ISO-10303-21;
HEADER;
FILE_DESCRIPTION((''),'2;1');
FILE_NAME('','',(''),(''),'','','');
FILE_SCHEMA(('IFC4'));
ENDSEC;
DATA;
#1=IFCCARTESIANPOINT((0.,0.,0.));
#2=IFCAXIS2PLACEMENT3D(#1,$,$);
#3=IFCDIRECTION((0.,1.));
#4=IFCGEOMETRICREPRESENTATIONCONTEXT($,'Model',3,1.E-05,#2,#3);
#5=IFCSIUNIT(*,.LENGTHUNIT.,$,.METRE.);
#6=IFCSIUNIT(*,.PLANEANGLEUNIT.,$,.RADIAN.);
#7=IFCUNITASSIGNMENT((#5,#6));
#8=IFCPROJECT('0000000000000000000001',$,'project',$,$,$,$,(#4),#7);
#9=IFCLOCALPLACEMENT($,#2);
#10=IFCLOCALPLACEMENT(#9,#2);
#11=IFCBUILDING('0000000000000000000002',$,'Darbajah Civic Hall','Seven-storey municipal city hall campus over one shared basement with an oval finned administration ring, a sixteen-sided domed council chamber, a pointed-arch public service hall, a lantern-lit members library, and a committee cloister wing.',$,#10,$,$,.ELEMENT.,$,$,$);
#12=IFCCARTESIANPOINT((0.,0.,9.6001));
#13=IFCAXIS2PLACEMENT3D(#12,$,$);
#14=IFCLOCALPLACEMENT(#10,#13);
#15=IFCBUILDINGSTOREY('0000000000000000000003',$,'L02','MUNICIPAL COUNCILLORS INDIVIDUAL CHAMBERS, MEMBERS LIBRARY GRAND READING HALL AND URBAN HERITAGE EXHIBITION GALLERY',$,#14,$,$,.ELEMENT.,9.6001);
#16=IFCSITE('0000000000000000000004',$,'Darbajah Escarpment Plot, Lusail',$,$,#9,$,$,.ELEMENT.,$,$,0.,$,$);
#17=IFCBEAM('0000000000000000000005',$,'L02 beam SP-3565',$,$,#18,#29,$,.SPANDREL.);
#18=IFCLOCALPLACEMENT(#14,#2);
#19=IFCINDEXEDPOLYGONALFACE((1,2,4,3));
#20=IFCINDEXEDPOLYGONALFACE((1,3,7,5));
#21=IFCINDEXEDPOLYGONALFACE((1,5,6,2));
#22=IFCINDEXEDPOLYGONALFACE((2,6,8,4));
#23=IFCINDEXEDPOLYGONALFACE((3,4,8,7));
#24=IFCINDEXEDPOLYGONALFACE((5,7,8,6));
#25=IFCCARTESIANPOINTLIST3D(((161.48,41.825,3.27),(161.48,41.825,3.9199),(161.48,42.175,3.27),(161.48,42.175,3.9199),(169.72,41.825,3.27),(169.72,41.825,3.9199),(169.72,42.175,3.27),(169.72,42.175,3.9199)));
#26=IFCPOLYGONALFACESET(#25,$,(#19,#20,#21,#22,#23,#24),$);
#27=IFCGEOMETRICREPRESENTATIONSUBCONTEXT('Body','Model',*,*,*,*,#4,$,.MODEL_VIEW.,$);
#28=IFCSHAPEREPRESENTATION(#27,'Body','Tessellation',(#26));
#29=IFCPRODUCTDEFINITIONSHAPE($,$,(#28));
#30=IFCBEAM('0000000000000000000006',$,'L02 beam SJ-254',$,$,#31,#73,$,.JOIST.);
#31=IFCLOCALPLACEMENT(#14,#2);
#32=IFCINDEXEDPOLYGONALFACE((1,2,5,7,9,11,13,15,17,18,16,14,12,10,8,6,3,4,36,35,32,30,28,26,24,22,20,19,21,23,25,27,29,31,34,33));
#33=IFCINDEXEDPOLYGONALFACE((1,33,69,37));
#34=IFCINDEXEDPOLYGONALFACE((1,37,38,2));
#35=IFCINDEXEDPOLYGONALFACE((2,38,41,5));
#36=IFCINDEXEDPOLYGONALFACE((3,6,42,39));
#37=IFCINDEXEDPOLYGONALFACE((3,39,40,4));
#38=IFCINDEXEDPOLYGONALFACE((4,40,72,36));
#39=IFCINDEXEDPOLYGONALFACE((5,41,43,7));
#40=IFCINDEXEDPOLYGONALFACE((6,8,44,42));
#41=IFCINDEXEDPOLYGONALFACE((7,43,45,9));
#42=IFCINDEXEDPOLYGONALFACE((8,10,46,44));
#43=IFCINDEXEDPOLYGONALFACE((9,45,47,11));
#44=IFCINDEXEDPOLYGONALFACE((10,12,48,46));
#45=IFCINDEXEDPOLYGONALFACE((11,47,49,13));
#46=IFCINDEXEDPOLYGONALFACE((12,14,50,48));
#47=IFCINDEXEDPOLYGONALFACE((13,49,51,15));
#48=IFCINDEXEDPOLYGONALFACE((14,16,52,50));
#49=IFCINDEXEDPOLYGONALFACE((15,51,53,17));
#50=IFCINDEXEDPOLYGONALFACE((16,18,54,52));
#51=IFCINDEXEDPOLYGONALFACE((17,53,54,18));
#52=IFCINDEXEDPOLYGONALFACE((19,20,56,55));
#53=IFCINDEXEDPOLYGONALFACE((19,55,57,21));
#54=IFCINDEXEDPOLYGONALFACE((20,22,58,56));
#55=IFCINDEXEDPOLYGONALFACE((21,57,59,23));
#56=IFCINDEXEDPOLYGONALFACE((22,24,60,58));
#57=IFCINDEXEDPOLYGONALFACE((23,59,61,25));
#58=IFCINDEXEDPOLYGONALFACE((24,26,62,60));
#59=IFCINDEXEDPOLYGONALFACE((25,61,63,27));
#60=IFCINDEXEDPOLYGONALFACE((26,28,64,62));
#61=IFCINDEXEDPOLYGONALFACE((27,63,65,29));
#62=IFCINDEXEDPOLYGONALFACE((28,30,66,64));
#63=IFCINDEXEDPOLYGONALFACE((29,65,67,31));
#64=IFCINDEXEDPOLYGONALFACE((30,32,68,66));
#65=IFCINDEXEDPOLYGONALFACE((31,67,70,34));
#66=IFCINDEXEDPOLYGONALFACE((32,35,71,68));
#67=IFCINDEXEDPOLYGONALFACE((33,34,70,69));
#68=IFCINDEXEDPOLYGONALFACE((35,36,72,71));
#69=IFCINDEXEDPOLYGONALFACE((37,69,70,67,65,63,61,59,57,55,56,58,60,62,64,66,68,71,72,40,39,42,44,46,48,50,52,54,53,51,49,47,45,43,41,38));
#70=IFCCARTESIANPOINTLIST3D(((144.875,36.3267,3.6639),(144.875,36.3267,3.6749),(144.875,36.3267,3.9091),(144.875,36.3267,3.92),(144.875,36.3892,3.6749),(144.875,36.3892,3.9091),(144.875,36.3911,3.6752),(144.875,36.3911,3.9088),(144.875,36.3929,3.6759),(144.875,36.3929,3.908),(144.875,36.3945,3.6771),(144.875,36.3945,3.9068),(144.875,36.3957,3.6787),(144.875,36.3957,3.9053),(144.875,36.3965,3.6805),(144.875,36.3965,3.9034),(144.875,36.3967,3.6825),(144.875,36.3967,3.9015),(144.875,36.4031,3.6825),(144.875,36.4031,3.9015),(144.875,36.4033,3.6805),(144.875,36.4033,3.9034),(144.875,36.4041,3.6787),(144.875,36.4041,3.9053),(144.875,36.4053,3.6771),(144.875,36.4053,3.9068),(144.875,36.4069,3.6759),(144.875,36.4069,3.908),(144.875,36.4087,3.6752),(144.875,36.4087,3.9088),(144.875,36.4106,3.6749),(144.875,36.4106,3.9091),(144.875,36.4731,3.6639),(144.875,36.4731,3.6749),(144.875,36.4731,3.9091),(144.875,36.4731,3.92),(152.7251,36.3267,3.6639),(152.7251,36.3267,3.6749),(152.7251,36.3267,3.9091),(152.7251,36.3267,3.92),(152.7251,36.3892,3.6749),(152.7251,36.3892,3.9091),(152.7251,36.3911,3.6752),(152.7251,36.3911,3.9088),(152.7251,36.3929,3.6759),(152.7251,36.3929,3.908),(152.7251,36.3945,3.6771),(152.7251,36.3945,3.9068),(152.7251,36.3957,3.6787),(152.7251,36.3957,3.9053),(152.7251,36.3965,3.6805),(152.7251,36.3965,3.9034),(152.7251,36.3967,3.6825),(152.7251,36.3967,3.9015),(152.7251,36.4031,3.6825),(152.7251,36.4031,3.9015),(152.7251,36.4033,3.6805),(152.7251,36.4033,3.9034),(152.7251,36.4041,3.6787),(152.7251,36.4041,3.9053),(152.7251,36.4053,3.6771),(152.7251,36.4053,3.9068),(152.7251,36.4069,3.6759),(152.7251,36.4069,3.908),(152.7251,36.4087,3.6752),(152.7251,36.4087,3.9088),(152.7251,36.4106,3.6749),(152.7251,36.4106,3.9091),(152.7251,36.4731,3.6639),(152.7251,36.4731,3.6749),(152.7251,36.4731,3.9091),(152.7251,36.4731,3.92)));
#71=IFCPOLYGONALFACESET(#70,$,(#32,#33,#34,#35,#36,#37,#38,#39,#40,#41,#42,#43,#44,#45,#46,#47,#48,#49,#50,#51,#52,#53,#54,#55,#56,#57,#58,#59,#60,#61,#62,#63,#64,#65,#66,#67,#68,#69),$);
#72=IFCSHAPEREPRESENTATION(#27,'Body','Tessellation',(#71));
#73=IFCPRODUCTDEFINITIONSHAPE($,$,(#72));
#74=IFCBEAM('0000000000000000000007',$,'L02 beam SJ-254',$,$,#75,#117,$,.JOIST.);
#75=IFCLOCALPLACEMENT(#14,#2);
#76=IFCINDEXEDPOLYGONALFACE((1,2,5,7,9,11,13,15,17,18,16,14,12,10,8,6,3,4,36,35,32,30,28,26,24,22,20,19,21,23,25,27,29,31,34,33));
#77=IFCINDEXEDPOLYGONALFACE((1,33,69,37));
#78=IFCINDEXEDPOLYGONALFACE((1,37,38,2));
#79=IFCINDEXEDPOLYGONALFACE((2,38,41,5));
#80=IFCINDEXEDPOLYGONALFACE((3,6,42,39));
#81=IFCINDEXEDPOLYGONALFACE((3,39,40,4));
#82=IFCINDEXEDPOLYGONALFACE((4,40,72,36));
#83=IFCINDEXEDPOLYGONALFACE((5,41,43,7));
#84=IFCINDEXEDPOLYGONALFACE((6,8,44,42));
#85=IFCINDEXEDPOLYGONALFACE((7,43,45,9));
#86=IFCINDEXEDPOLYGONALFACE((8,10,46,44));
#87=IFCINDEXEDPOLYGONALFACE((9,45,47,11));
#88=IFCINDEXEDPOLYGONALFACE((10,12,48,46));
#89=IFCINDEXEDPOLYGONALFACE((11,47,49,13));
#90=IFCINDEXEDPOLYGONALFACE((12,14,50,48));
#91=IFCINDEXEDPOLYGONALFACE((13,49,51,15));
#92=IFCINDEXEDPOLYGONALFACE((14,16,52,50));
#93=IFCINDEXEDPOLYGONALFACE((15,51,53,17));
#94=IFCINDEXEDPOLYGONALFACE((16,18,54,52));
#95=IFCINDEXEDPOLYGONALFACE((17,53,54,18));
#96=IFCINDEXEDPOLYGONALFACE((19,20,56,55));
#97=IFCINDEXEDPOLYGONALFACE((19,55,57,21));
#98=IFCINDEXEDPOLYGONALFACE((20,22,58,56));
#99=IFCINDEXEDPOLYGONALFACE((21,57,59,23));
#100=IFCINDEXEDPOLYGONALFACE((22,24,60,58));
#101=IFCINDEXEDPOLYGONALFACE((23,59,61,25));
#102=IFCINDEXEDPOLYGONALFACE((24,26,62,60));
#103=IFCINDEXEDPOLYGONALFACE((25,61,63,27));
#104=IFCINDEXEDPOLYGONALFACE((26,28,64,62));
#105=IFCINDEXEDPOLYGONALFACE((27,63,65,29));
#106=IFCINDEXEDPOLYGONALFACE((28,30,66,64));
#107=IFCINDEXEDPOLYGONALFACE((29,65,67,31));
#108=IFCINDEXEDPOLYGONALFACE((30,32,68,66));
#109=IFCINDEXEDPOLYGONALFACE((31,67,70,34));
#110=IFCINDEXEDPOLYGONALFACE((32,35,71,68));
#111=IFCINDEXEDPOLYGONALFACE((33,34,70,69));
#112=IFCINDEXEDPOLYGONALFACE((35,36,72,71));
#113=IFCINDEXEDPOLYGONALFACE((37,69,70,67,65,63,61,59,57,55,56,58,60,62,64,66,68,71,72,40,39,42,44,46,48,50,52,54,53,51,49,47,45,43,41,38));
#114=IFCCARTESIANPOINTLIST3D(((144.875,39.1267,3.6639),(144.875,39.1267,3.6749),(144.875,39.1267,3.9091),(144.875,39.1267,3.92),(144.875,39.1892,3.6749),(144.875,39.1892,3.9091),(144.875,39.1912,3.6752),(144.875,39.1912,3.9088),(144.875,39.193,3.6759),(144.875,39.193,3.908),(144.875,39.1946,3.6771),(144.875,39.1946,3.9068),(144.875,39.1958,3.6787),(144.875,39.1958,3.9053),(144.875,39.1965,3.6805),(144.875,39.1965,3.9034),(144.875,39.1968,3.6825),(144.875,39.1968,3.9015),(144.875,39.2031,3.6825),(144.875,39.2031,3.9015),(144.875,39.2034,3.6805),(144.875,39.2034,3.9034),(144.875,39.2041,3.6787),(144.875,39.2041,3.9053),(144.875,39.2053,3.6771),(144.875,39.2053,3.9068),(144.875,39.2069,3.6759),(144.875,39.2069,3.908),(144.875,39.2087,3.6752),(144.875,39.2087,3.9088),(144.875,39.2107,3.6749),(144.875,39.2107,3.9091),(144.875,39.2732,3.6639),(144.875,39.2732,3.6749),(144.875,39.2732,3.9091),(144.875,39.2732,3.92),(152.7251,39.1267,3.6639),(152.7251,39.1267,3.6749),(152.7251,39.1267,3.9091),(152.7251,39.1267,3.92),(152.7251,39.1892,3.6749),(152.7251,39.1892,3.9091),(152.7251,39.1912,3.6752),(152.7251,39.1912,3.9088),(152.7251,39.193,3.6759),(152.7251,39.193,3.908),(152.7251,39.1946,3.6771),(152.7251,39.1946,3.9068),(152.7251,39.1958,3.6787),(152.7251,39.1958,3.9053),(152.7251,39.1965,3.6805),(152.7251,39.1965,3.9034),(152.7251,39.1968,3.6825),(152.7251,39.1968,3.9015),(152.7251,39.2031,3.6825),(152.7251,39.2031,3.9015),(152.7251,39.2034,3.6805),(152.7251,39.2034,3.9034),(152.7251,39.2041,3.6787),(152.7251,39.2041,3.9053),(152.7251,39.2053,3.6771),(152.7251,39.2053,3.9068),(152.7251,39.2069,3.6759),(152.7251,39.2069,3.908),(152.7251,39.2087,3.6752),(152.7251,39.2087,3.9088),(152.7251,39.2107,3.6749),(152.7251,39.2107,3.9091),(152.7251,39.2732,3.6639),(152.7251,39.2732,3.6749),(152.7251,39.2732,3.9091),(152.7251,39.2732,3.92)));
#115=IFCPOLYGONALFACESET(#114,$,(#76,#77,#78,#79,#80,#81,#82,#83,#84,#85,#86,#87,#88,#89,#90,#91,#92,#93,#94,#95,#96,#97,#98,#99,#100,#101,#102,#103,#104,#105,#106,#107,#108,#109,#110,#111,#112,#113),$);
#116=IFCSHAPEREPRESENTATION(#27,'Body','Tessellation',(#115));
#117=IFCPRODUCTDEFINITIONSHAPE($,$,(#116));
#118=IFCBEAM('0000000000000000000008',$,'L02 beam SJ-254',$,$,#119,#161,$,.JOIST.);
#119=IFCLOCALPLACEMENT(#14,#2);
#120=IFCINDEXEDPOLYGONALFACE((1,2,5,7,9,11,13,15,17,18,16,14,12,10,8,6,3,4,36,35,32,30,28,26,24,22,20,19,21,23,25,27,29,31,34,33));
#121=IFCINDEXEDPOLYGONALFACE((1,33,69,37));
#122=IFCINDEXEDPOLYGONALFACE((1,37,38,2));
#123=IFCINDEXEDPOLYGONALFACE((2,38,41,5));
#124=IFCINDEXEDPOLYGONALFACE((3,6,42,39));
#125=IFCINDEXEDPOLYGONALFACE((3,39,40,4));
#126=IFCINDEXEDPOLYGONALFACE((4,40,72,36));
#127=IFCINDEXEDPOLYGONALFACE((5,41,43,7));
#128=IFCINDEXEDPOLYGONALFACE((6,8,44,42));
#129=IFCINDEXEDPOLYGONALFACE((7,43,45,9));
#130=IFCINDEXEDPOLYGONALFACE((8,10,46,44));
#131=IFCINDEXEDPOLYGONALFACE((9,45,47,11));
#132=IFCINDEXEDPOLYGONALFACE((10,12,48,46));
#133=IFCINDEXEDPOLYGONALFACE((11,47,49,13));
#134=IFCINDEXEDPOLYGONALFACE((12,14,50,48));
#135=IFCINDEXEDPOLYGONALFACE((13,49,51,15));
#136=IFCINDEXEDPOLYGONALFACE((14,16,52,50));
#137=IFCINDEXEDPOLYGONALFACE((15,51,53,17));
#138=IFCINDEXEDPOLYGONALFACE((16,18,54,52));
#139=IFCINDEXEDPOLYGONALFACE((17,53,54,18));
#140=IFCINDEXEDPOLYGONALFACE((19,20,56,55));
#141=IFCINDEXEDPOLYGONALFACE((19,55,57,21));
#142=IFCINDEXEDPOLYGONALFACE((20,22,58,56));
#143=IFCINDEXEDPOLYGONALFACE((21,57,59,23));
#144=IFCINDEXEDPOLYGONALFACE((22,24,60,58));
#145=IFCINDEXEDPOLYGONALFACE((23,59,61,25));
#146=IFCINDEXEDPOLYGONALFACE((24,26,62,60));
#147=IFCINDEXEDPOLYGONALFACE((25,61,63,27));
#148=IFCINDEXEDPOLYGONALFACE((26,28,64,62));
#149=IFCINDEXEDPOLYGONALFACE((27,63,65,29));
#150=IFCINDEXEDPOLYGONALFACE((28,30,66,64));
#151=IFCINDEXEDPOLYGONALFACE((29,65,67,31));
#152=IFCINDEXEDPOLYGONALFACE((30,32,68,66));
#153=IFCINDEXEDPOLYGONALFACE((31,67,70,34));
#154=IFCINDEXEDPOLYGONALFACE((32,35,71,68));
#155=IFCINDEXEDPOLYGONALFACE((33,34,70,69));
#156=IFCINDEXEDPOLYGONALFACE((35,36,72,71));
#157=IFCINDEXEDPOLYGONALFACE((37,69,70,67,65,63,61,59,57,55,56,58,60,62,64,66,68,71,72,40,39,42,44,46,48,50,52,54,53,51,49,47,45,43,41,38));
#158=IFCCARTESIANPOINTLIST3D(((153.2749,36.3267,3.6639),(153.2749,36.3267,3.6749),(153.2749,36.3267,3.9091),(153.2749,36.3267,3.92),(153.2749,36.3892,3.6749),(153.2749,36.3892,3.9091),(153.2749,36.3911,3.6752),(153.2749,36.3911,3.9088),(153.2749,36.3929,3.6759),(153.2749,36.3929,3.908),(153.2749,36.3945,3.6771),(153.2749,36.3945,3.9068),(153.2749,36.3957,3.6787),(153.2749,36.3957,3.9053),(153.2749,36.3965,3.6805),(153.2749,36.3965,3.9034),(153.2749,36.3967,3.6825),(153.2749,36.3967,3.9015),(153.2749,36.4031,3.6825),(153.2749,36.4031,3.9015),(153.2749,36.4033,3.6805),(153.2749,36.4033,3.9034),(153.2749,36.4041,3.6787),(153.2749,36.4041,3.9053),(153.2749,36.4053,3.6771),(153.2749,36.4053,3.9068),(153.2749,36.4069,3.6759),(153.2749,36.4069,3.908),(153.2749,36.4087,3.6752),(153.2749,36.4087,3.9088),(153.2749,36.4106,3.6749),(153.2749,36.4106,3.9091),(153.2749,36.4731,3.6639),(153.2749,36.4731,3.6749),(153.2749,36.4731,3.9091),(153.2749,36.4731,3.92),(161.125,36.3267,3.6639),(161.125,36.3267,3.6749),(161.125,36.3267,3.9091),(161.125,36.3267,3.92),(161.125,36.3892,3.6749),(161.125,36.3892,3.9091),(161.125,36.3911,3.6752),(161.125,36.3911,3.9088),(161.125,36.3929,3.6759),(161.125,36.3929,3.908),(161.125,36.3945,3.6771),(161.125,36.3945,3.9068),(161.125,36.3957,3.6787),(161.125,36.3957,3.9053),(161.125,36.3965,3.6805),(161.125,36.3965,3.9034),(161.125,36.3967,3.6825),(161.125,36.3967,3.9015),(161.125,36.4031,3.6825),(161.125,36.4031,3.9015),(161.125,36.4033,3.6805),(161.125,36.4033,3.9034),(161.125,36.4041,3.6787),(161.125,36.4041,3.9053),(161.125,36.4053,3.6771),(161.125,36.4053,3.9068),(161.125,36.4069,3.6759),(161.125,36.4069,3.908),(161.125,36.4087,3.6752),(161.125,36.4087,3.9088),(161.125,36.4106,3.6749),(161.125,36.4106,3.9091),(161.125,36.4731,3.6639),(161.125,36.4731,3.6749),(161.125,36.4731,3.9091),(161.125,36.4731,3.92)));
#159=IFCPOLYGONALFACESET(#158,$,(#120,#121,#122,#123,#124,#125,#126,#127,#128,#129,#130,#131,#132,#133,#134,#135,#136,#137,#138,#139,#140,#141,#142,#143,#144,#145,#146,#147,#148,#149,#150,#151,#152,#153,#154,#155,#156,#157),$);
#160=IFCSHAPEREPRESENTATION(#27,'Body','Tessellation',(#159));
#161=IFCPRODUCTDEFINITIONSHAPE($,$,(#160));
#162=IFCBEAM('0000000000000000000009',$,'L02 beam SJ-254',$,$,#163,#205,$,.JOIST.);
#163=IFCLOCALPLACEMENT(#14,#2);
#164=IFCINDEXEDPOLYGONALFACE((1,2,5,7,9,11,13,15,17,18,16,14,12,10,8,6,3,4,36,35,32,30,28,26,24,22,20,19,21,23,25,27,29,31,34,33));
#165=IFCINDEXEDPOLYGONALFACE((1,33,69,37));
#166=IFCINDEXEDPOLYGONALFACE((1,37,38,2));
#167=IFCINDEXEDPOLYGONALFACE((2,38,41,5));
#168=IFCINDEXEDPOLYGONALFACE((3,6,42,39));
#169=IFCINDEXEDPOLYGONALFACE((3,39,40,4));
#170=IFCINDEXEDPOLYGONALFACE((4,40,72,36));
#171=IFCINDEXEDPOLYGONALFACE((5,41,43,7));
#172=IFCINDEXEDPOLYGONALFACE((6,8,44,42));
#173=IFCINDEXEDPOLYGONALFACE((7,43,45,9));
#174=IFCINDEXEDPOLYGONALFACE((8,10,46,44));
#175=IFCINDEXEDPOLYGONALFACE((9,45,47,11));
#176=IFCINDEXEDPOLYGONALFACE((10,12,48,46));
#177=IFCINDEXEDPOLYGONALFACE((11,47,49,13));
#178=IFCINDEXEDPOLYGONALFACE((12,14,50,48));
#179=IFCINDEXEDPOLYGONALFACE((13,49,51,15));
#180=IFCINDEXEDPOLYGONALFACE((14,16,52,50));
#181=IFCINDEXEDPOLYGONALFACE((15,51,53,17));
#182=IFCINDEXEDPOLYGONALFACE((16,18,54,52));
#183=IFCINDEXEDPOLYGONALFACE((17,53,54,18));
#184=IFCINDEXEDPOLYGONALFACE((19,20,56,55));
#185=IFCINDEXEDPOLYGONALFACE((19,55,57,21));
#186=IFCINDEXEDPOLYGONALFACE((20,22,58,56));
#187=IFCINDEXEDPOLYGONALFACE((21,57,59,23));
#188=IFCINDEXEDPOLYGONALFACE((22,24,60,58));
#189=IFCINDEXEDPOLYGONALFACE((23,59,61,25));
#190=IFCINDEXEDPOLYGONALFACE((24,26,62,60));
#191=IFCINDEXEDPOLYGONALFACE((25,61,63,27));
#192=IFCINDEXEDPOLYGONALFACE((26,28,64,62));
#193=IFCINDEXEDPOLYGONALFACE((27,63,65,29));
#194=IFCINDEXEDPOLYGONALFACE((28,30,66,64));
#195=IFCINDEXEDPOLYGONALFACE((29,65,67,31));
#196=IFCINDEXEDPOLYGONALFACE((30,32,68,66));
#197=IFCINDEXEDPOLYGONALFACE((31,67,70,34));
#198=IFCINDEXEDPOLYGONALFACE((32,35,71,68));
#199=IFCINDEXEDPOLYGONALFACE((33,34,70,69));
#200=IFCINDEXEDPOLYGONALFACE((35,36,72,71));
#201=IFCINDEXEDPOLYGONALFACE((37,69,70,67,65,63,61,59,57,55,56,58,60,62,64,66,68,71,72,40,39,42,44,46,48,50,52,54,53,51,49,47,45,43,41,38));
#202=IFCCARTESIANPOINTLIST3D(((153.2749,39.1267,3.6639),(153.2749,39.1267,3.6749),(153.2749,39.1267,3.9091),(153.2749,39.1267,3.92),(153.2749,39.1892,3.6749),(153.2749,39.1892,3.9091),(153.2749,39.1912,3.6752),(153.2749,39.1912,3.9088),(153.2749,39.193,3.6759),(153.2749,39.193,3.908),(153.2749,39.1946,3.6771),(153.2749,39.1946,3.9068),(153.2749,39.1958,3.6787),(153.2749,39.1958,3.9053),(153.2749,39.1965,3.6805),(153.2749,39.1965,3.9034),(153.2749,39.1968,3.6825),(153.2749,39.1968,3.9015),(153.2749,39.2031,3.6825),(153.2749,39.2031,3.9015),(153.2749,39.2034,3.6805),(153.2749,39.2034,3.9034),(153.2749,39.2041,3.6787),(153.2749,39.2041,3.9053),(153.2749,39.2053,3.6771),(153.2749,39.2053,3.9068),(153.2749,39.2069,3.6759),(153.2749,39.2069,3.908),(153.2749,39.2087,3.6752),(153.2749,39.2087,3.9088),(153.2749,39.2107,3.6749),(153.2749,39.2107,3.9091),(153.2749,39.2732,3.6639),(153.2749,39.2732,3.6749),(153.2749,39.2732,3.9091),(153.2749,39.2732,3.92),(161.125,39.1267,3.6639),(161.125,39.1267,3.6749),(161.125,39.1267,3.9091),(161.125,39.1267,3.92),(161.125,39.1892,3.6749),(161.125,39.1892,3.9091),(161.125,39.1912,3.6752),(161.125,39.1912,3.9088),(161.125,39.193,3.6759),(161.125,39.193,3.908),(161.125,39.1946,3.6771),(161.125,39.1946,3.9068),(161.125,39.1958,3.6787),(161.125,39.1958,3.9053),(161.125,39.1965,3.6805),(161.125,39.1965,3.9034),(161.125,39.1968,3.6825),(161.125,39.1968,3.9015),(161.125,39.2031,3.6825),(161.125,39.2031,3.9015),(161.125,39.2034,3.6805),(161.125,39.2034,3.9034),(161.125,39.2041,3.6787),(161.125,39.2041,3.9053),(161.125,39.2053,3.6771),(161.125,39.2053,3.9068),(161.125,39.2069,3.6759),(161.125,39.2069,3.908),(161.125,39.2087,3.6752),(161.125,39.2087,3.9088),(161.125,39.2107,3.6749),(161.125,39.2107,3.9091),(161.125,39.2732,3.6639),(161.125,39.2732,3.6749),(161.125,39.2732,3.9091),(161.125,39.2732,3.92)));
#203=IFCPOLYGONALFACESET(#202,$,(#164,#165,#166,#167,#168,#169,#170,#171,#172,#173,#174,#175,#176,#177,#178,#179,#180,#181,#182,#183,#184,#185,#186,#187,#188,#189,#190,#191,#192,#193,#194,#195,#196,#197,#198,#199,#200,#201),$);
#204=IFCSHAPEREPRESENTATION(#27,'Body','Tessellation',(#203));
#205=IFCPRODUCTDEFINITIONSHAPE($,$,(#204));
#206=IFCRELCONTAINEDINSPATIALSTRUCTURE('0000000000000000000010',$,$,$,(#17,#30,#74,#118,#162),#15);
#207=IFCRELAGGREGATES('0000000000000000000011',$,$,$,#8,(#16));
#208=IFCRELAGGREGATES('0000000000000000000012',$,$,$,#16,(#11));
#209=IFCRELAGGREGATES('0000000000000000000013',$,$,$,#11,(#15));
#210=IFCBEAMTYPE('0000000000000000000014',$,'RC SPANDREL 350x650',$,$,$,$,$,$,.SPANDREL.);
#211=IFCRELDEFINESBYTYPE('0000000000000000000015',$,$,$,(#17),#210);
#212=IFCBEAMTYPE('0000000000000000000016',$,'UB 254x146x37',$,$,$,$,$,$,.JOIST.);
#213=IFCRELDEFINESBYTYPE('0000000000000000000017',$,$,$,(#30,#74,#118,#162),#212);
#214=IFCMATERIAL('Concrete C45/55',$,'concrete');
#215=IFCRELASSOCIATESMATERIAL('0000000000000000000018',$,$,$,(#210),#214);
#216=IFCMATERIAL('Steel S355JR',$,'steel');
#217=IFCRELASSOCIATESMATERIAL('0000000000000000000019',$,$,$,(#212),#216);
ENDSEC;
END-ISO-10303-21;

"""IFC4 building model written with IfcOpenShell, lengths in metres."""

from ifc_helpers import new_model, si_unit, direction, frame, origin, origin_2d, place, context, subcontext, project, spatial, rectangle, i_section, extrude, material, material_profile, profile_set, type_object, element, save


model = new_model("IFC4")

# Units and contexts
model_context = context("Model", 3, precision=1e-05, world=origin(), true_north=direction((0.0, 1.0)))
body_context = subcontext(model_context, "Body", "Model", "MODEL_VIEW")
ifc_project = project(units=[si_unit("LENGTHUNIT", "METRE"), si_unit("PLANEANGLEUNIT", "RADIAN")], contexts=[model_context])

# Site, building, storey
site_placement = place(None, origin())
site = spatial("IfcSite", under=ifc_project, at=site_placement, Name="Darbajah Escarpment Plot, Lusail", CompositionType="ELEMENT", RefElevation=0.0)
building_placement = place(site_placement, origin())
building = spatial("IfcBuilding", under=site, at=building_placement, Name="Darbajah Civic Hall", Description="Seven-storey municipal city hall campus over one shared basement with an oval finned administration ring, a sixteen-sided domed council chamber, a pointed-arch public service hall, a lantern-lit members library, and a committee cloister wing.", CompositionType="ELEMENT")
storey_placement = place(building_placement, frame((0.0, 0.0, 9.6001)))
storey = spatial("IfcBuildingStorey", under=building, at=storey_placement, Name="L02", Description="MUNICIPAL COUNCILLORS INDIVIDUAL CHAMBERS, MEMBERS LIBRARY GRAND READING HALL AND URBAN HERITAGE EXHIBITION GALLERY", CompositionType="ELEMENT", Elevation=9.6001)

# Shared definitions
ifc_material_1 = material(Name="Steel S355JR", Category="steel")

# Beams
ifc_material_2 = material(Name="Concrete C45/55", Category="concrete")
ifc_material_profile_1 = material_profile(ifc_material_2, rectangle(XDim=0.3501, YDim=0.6499, at=origin_2d()), Name="RC SPANDREL 350x650")
ifc_profile_set_1 = profile_set([ifc_material_profile_1], Name="Concrete C45/55")
beam_type_1 = type_object("IfcBeamType", Name="RC SPANDREL 350x650", PredefinedType="SPANDREL", material=ifc_profile_set_1)
for number, where, z_axis, x_axis, name in (
    (1, (161.48, 42.0, 3.595), (1.0, 0.0, 0.0), (0.0, 1.0, 0.0), "L02 beam SP-3565"),
):
    element("IfcBeam", number, at=place(storey_placement, frame(where, z_axis=z_axis, x_axis=x_axis)), inside=storey, type_object=beam_type_1, Name=name, PredefinedType="SPANDREL", context=body_context, shape_type="SweptSolid", body=[
        extrude(rectangle(XDim=0.3501, YDim=0.6499, at=origin_2d()), origin(), (0.0, 0.0, 1.0), 8.24),
    ])
ifc_material_profile_2 = material_profile(ifc_material_1, i_section(OverallWidth=0.1465, OverallDepth=0.2561, WebThickness=0.0063, FlangeThickness=0.011, FilletRadius=0.0076, at=origin_2d()), Name="UB 254x146x37")
ifc_profile_set_2 = profile_set([ifc_material_profile_2], Name="Steel S355JR")
beam_type_2 = type_object("IfcBeamType", Name="UB 254x146x37", PredefinedType="JOIST", material=ifc_profile_set_2)
for number, where, z_axis, x_axis, name in (
    (2, (144.875, 36.3999, 3.792), (1.0, 0.0, 0.0), (0.0, 1.0, 0.0), "L02 beam SJ-254"),
    (3, (144.875, 39.2, 3.792), (1.0, 0.0, 0.0), (0.0, 1.0, 0.0), "L02 beam SJ-254"),
    (4, (153.2749, 36.3999, 3.792), (1.0, 0.0, 0.0), (0.0, 1.0, 0.0), "L02 beam SJ-254"),
    (5, (153.2749, 39.2, 3.792), (1.0, 0.0, 0.0), (0.0, 1.0, 0.0), "L02 beam SJ-254"),
):
    element("IfcBeam", number, at=place(storey_placement, frame(where, z_axis=z_axis, x_axis=x_axis)), inside=storey, type_object=beam_type_2, Name=name, PredefinedType="JOIST", context=body_context, shape_type="SweptSolid", body=[
        extrude(i_section(OverallWidth=0.1465, OverallDepth=0.2561, WebThickness=0.0063, FlangeThickness=0.011, FilletRadius=0.0076, at=origin_2d()), origin(), (0.0, 0.0, 1.0), 7.8501),
    ])

save(model, "model.ifc")
